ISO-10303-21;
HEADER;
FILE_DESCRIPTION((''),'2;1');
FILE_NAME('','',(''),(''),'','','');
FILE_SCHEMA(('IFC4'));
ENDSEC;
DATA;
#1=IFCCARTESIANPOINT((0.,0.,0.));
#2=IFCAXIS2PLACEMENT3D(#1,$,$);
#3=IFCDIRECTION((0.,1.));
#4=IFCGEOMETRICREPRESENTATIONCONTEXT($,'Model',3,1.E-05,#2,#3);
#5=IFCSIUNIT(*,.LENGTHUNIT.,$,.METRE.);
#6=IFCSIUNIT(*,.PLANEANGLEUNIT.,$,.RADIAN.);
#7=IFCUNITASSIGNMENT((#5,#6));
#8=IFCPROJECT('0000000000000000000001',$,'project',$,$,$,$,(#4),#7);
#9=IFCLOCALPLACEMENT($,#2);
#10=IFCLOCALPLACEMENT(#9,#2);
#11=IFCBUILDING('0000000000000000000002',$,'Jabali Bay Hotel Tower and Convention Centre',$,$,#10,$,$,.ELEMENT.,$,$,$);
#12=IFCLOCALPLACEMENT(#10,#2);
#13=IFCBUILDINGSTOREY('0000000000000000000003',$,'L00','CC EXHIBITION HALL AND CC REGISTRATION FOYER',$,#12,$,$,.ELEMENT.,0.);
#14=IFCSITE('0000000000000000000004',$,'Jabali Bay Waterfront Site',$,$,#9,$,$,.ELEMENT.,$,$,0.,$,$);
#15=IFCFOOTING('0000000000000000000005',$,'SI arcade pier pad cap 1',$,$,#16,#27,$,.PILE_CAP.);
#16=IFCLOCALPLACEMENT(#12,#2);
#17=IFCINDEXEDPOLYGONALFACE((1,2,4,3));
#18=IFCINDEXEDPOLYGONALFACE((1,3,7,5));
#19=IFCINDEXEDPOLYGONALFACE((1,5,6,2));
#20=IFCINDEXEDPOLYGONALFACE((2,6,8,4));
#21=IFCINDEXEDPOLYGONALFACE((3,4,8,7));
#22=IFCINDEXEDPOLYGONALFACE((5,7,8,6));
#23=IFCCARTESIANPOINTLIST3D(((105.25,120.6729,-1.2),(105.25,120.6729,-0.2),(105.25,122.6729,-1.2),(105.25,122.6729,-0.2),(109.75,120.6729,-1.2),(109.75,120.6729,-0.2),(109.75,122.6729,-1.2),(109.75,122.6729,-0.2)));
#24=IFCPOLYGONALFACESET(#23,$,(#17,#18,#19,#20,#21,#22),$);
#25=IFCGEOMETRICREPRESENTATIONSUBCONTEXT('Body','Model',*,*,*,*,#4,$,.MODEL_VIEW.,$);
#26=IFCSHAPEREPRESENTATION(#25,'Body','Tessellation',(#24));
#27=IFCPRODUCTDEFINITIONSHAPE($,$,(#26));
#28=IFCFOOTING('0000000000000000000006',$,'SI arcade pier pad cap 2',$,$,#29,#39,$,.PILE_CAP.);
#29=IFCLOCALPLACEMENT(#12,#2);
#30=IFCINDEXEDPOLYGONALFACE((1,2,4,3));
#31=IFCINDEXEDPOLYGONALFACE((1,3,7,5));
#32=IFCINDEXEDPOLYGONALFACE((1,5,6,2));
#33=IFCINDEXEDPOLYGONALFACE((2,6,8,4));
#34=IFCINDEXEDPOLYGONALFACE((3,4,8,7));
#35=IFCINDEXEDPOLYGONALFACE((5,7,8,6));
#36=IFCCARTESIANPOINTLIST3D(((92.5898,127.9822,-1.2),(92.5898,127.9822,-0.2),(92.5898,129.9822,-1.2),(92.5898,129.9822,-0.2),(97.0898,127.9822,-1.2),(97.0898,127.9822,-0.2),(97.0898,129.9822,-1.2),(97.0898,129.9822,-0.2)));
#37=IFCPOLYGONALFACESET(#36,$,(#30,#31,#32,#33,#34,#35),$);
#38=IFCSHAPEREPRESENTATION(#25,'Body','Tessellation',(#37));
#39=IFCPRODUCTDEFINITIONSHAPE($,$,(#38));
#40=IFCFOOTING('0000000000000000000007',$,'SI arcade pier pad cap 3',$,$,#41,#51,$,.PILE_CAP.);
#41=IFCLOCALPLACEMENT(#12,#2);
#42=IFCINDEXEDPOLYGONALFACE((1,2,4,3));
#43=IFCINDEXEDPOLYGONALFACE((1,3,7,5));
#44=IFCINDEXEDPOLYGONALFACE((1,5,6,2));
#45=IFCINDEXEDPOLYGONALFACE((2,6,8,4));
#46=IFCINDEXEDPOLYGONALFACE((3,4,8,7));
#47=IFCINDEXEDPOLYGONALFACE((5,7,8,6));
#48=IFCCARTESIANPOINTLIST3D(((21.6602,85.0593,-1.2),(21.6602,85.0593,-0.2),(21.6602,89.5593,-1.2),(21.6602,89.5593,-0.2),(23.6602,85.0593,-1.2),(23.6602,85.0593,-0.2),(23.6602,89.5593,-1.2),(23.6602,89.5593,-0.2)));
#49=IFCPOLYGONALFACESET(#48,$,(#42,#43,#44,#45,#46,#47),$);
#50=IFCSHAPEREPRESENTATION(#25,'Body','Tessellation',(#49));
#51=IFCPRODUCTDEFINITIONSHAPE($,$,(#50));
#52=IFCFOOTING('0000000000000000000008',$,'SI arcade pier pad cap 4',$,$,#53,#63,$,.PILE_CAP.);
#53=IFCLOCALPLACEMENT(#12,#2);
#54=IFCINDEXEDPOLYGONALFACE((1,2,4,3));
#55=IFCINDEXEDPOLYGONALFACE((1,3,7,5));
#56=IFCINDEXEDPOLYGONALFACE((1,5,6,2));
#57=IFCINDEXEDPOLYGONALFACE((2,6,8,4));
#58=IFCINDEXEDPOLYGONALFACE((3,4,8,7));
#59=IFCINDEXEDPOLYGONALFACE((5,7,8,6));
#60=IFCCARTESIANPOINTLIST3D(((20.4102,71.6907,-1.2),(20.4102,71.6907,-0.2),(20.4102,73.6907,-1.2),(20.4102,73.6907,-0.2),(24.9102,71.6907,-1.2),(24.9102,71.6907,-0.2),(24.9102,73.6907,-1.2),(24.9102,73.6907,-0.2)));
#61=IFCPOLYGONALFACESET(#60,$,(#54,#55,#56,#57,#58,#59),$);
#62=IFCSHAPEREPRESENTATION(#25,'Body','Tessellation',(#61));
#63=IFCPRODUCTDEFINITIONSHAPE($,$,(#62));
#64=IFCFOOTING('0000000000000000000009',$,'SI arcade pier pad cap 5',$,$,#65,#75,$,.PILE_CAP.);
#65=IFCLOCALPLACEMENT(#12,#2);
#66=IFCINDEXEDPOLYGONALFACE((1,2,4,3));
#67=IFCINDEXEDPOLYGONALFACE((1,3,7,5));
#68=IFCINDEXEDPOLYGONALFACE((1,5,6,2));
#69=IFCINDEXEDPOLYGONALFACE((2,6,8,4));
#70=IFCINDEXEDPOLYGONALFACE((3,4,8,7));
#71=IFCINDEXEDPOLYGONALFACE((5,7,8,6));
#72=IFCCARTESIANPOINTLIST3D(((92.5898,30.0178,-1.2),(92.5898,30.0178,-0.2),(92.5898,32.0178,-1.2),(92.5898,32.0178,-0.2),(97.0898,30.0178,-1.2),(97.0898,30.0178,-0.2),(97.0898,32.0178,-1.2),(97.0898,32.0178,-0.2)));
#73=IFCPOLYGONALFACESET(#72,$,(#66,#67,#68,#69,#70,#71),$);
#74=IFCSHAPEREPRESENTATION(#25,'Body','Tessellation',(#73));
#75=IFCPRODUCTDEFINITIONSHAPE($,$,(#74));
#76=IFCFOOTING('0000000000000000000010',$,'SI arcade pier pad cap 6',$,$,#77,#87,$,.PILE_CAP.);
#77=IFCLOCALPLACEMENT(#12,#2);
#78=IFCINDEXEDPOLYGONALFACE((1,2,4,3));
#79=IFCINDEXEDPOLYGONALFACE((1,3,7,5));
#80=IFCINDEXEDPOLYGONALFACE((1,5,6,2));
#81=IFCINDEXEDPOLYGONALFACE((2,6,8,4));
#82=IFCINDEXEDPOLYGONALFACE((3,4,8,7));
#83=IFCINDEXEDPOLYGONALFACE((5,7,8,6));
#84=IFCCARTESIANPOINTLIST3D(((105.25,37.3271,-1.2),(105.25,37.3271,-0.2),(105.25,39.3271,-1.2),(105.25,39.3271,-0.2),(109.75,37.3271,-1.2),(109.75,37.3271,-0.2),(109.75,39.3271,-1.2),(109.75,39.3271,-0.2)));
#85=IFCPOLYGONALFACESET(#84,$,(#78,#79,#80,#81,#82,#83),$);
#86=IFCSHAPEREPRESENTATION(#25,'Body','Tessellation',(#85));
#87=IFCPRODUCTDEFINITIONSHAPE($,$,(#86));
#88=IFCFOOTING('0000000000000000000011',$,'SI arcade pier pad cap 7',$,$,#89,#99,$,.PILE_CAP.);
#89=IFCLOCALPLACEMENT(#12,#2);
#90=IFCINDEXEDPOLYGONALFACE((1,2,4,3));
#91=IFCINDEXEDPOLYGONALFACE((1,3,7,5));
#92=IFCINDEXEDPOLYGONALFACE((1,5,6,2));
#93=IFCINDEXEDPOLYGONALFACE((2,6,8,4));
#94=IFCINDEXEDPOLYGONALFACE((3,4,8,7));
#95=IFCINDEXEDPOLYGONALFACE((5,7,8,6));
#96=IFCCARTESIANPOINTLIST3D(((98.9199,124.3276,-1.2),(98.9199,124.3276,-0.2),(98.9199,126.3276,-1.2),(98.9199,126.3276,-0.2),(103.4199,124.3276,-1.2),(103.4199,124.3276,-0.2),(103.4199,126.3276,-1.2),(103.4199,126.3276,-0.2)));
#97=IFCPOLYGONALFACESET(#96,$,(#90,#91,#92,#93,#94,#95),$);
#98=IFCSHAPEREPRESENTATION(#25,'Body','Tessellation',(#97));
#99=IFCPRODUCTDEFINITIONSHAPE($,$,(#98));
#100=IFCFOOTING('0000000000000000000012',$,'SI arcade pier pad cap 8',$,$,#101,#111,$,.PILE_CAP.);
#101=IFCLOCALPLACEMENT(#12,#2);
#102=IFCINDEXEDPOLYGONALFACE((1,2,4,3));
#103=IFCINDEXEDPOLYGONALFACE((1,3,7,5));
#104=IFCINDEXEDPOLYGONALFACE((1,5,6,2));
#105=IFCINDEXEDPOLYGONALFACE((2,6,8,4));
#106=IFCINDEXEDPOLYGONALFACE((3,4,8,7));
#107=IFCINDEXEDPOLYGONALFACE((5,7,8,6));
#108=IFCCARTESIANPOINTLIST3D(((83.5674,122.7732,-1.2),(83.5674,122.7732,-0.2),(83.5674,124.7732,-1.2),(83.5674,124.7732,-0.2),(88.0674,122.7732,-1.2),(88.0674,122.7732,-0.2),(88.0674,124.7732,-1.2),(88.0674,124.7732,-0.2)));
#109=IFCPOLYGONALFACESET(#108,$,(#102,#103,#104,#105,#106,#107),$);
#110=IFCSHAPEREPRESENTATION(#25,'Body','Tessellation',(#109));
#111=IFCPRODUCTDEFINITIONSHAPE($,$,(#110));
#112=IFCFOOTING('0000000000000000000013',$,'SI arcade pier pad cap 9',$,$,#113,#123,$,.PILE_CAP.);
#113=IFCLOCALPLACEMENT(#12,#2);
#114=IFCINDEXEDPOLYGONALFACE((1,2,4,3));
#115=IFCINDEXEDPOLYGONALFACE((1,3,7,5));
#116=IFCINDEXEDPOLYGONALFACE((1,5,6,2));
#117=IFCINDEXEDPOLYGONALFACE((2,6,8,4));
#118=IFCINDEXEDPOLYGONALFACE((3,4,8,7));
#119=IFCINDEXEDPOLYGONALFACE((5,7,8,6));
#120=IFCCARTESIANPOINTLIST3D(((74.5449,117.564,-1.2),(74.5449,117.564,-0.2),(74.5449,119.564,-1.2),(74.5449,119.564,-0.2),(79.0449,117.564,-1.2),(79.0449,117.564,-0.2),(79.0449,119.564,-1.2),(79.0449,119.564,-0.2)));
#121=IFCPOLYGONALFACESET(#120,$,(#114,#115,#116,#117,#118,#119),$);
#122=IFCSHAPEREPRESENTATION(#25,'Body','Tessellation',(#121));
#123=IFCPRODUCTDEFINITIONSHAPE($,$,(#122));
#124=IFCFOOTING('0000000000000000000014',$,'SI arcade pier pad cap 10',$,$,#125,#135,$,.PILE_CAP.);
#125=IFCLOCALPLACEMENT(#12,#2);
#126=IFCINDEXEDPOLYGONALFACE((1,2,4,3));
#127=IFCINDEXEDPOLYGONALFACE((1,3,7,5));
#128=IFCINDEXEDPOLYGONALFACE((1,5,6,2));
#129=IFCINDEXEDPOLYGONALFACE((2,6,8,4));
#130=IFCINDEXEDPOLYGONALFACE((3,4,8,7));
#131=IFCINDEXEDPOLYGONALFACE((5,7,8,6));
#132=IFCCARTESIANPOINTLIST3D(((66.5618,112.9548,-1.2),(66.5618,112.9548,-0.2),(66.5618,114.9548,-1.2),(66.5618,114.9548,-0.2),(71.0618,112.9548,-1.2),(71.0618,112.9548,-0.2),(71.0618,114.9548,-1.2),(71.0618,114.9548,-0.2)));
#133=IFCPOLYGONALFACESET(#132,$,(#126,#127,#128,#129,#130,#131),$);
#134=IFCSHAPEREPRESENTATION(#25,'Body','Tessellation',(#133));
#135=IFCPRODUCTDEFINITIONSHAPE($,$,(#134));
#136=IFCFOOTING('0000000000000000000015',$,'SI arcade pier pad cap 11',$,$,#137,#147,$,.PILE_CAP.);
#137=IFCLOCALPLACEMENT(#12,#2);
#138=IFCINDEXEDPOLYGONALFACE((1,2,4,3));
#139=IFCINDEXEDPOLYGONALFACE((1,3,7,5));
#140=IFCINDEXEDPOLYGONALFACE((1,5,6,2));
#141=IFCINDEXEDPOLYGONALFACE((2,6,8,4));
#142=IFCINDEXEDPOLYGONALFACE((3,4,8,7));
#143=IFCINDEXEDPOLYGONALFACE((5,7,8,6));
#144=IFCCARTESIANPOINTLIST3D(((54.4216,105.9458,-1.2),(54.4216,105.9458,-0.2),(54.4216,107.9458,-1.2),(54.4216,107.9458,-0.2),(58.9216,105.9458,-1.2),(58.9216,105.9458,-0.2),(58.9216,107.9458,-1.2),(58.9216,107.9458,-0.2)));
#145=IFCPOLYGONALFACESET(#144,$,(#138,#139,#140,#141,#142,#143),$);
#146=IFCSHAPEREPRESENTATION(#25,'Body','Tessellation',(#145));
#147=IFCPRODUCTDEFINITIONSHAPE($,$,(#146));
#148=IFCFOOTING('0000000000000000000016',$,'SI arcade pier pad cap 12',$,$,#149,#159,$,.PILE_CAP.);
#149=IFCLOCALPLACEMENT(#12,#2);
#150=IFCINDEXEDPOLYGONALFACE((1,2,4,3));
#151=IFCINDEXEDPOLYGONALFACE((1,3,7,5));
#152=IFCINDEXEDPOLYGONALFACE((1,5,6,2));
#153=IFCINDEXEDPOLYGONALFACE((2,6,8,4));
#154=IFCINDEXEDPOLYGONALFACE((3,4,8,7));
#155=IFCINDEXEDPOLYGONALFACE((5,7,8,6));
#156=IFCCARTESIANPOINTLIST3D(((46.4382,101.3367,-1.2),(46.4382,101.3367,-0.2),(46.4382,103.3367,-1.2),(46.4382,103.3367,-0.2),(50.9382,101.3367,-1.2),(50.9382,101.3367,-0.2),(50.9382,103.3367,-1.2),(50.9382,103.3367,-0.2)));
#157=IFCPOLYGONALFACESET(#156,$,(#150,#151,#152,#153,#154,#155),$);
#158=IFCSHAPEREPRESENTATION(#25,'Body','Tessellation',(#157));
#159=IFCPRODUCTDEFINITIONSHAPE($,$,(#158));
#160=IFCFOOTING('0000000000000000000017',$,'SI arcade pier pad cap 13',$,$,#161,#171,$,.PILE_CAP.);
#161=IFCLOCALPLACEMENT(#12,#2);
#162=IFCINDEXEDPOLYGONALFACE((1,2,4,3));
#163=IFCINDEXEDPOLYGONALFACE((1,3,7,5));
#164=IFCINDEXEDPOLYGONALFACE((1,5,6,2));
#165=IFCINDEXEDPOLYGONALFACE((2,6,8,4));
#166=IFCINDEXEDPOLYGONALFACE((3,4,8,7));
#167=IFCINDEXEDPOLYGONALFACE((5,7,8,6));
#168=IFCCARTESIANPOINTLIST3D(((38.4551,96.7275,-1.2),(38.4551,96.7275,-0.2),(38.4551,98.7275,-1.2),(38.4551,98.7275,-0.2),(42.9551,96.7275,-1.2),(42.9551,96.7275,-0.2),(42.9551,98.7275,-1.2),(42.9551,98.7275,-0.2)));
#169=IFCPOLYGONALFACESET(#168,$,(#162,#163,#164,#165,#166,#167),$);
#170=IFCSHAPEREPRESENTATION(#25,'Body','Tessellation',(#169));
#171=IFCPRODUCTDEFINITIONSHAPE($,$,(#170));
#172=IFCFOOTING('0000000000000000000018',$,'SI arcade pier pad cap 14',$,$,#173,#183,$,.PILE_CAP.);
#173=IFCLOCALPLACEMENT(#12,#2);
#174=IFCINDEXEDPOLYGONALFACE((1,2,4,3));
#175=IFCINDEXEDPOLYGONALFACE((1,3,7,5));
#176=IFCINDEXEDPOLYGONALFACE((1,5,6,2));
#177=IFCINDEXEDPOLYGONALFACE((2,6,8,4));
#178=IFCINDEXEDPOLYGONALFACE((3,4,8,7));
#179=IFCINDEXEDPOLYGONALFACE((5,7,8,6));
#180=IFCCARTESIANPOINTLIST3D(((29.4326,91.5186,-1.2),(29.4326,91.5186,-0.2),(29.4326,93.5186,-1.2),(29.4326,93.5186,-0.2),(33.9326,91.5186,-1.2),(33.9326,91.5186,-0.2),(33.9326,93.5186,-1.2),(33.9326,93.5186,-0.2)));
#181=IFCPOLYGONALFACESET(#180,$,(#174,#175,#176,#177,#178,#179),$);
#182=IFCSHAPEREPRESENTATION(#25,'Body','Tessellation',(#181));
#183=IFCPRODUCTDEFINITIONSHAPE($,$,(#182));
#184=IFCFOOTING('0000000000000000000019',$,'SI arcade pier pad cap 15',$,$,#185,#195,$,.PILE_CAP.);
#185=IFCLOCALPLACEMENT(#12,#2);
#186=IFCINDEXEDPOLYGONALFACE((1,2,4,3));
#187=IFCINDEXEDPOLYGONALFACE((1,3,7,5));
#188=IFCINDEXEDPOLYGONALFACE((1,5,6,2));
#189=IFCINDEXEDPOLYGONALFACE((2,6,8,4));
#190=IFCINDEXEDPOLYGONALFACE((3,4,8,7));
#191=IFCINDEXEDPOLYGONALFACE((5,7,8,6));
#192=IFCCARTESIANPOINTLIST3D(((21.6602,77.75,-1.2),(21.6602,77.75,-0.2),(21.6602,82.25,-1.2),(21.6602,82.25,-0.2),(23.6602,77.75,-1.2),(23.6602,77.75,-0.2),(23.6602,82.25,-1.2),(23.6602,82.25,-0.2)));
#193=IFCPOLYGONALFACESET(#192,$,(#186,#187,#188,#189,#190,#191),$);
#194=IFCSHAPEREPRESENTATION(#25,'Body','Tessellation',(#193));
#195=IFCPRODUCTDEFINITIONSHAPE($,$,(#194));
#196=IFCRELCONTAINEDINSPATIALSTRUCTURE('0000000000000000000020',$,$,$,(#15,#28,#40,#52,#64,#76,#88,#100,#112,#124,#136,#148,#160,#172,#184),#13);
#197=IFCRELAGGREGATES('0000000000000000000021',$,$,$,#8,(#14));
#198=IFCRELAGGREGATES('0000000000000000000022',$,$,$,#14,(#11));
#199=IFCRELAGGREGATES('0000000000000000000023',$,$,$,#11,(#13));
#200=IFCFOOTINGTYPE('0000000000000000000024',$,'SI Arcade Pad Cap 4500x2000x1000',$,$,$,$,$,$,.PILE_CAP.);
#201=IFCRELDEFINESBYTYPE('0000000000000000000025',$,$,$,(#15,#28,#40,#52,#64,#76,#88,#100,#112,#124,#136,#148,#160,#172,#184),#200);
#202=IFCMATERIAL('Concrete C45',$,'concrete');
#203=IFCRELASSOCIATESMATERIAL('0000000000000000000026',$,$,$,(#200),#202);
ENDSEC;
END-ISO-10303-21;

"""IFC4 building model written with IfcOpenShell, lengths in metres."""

from ifc_helpers import new_model, si_unit, direction, frame, origin, place, context, subcontext, project, spatial, polyline, outline, extrude, material, type_object, element, save


model = new_model("IFC4")

# Units and contexts
model_context = context("Model", 3, precision=1e-05, world=origin(), true_north=direction((0.0, 1.0)))
body_context = subcontext(model_context, "Body", "Model", "MODEL_VIEW")
ifc_project = project(units=[si_unit("LENGTHUNIT", "METRE"), si_unit("PLANEANGLEUNIT", "RADIAN")], contexts=[model_context])

# Site, building, storey
site_placement = place(None, origin())
site = spatial("IfcSite", under=ifc_project, at=site_placement, Name="Jabali Bay Waterfront Site", CompositionType="ELEMENT", RefElevation=0.0)
building_placement = place(site_placement, origin())
building = spatial("IfcBuilding", under=site, at=building_placement, Name="Jabali Bay Hotel Tower and Convention Centre", CompositionType="ELEMENT")
storey_placement = place(building_placement, origin())
storey = spatial("IfcBuildingStorey", under=building, at=storey_placement, Name="L00", Description="CC EXHIBITION HALL AND CC REGISTRATION FOYER", CompositionType="ELEMENT", Elevation=0.0)

# Footings
ifc_material_1 = material(Name="Concrete C45", Category="concrete")
footing_type_1 = type_object("IfcFootingType", Name="SI Arcade Pad Cap 4500x2000x1000", PredefinedType="PILE_CAP", material=ifc_material_1)
footing_1_placement = place(storey_placement, frame((0.0, 0.0, -1.2)))
element("IfcFooting", 1, at=footing_1_placement, inside=storey, type_object=footing_type_1, Name="SI arcade pier pad cap 1", PredefinedType="PILE_CAP", context=body_context, shape_type="SweptSolid", body=[
    extrude(outline(polyline([(105.25, 120.6729), (109.75, 120.6729), (109.75, 122.6729), (105.25, 122.6729), (105.25, 120.6729)])), origin(), (0.0, 0.0, 1.0), 1.0),
])
footing_2_placement = place(storey_placement, frame((0.0, 0.0, -1.2)))
element("IfcFooting", 2, at=footing_2_placement, inside=storey, type_object=footing_type_1, Name="SI arcade pier pad cap 2", PredefinedType="PILE_CAP", context=body_context, shape_type="SweptSolid", body=[
    extrude(outline(polyline([(92.5898, 127.9822), (97.0898, 127.9822), (97.0898, 129.9822), (92.5898, 129.9822), (92.5898, 127.9822)])), origin(), (0.0, 0.0, 1.0), 1.0),
])
footing_3_placement = place(storey_placement, frame((0.0, 0.0, -1.2)))
element("IfcFooting", 3, at=footing_3_placement, inside=storey, type_object=footing_type_1, Name="SI arcade pier pad cap 3", PredefinedType="PILE_CAP", context=body_context, shape_type="SweptSolid", body=[
    extrude(outline(polyline([(21.6602, 85.0593), (23.6602, 85.0593), (23.6602, 89.5593), (21.6602, 89.5593), (21.6602, 85.0593)])), origin(), (0.0, 0.0, 1.0), 1.0),
])
footing_4_placement = place(storey_placement, frame((0.0, 0.0, -1.2)))
element("IfcFooting", 4, at=footing_4_placement, inside=storey, type_object=footing_type_1, Name="SI arcade pier pad cap 4", PredefinedType="PILE_CAP", context=body_context, shape_type="SweptSolid", body=[
    extrude(outline(polyline([(20.4102, 71.6907), (24.9102, 71.6907), (24.9102, 73.6907), (20.4102, 73.6907), (20.4102, 71.6907)])), origin(), (0.0, 0.0, 1.0), 1.0),
])
footing_5_placement = place(storey_placement, frame((0.0, 0.0, -1.2)))
element("IfcFooting", 5, at=footing_5_placement, inside=storey, type_object=footing_type_1, Name="SI arcade pier pad cap 5", PredefinedType="PILE_CAP", context=body_context, shape_type="SweptSolid", body=[
    extrude(outline(polyline([(92.5898, 30.0178), (97.0898, 30.0178), (97.0898, 32.0178), (92.5898, 32.0178), (92.5898, 30.0178)])), origin(), (0.0, 0.0, 1.0), 1.0),
])
footing_6_placement = place(storey_placement, frame((0.0, 0.0, -1.2)))
element("IfcFooting", 6, at=footing_6_placement, inside=storey, type_object=footing_type_1, Name="SI arcade pier pad cap 6", PredefinedType="PILE_CAP", context=body_context, shape_type="SweptSolid", body=[
    extrude(outline(polyline([(105.25, 37.3271), (109.75, 37.3271), (109.75, 39.3271), (105.25, 39.3271), (105.25, 37.3271)])), origin(), (0.0, 0.0, 1.0), 1.0),
])
footing_7_placement = place(storey_placement, frame((0.0, 0.0, -1.2)))
element("IfcFooting", 7, at=footing_7_placement, inside=storey, type_object=footing_type_1, Name="SI arcade pier pad cap 7", PredefinedType="PILE_CAP", context=body_context, shape_type="SweptSolid", body=[
    extrude(outline(polyline([(98.9199, 124.3276), (103.4199, 124.3276), (103.4199, 126.3276), (98.9199, 126.3276), (98.9199, 124.3276)])), origin(), (0.0, 0.0, 1.0), 1.0),
])
footing_8_placement = place(storey_placement, frame((0.0, 0.0, -1.2)))
element("IfcFooting", 8, at=footing_8_placement, inside=storey, type_object=footing_type_1, Name="SI arcade pier pad cap 8", PredefinedType="PILE_CAP", context=body_context, shape_type="SweptSolid", body=[
    extrude(outline(polyline([(83.5674, 122.7732), (88.0674, 122.7732), (88.0674, 124.7732), (83.5674, 124.7732), (83.5674, 122.7732)])), origin(), (0.0, 0.0, 1.0), 1.0),
])
footing_9_placement = place(storey_placement, frame((0.0, 0.0, -1.2)))
element("IfcFooting", 9, at=footing_9_placement, inside=storey, type_object=footing_type_1, Name="SI arcade pier pad cap 9", PredefinedType="PILE_CAP", context=body_context, shape_type="SweptSolid", body=[
    extrude(outline(polyline([(74.5449, 117.564), (79.0449, 117.564), (79.0449, 119.564), (74.5449, 119.564), (74.5449, 117.564)])), origin(), (0.0, 0.0, 1.0), 1.0),
])
footing_10_placement = place(storey_placement, frame((0.0, 0.0, -1.2)))
element("IfcFooting", 10, at=footing_10_placement, inside=storey, type_object=footing_type_1, Name="SI arcade pier pad cap 10", PredefinedType="PILE_CAP", context=body_context, shape_type="SweptSolid", body=[
    extrude(outline(polyline([(66.5618, 112.9548), (71.0618, 112.9548), (71.0618, 114.9548), (66.5618, 114.9548), (66.5618, 112.9548)])), origin(), (0.0, 0.0, 1.0), 1.0),
])
footing_11_placement = place(storey_placement, frame((0.0, 0.0, -1.2)))
element("IfcFooting", 11, at=footing_11_placement, inside=storey, type_object=footing_type_1, Name="SI arcade pier pad cap 11", PredefinedType="PILE_CAP", context=body_context, shape_type="SweptSolid", body=[
    extrude(outline(polyline([(54.4216, 105.9458), (58.9216, 105.9458), (58.9216, 107.9458), (54.4216, 107.9458), (54.4216, 105.9458)])), origin(), (0.0, 0.0, 1.0), 1.0),
])
footing_12_placement = place(storey_placement, frame((0.0, 0.0, -1.2)))
element("IfcFooting", 12, at=footing_12_placement, inside=storey, type_object=footing_type_1, Name="SI arcade pier pad cap 12", PredefinedType="PILE_CAP", context=body_context, shape_type="SweptSolid", body=[
    extrude(outline(polyline([(46.4382, 101.3367), (50.9382, 101.3367), (50.9382, 103.3367), (46.4382, 103.3367), (46.4382, 101.3367)])), origin(), (0.0, 0.0, 1.0), 1.0),
])
footing_13_placement = place(storey_placement, frame((0.0, 0.0, -1.2)))
element("IfcFooting", 13, at=footing_13_placement, inside=storey, type_object=footing_type_1, Name="SI arcade pier pad cap 13", PredefinedType="PILE_CAP", context=body_context, shape_type="SweptSolid", body=[
    extrude(outline(polyline([(38.4551, 96.7275), (42.9551, 96.7275), (42.9551, 98.7275), (38.4551, 98.7275), (38.4551, 96.7275)])), origin(), (0.0, 0.0, 1.0), 1.0),
])
footing_14_placement = place(storey_placement, frame((0.0, 0.0, -1.2)))
element("IfcFooting", 14, at=footing_14_placement, inside=storey, type_object=footing_type_1, Name="SI arcade pier pad cap 14", PredefinedType="PILE_CAP", context=body_context, shape_type="SweptSolid", body=[
    extrude(outline(polyline([(29.4326, 91.5186), (33.9326, 91.5186), (33.9326, 93.5186), (29.4326, 93.5186), (29.4326, 91.5186)])), origin(), (0.0, 0.0, 1.0), 1.0),
])
footing_15_placement = place(storey_placement, frame((0.0, 0.0, -1.2)))
element("IfcFooting", 15, at=footing_15_placement, inside=storey, type_object=footing_type_1, Name="SI arcade pier pad cap 15", PredefinedType="PILE_CAP", context=body_context, shape_type="SweptSolid", body=[
    extrude(outline(polyline([(21.6602, 77.75), (23.6602, 77.75), (23.6602, 82.25), (21.6602, 82.25), (21.6602, 77.75)])), origin(), (0.0, 0.0, 1.0), 1.0),
])

save(model, "model.ifc")
